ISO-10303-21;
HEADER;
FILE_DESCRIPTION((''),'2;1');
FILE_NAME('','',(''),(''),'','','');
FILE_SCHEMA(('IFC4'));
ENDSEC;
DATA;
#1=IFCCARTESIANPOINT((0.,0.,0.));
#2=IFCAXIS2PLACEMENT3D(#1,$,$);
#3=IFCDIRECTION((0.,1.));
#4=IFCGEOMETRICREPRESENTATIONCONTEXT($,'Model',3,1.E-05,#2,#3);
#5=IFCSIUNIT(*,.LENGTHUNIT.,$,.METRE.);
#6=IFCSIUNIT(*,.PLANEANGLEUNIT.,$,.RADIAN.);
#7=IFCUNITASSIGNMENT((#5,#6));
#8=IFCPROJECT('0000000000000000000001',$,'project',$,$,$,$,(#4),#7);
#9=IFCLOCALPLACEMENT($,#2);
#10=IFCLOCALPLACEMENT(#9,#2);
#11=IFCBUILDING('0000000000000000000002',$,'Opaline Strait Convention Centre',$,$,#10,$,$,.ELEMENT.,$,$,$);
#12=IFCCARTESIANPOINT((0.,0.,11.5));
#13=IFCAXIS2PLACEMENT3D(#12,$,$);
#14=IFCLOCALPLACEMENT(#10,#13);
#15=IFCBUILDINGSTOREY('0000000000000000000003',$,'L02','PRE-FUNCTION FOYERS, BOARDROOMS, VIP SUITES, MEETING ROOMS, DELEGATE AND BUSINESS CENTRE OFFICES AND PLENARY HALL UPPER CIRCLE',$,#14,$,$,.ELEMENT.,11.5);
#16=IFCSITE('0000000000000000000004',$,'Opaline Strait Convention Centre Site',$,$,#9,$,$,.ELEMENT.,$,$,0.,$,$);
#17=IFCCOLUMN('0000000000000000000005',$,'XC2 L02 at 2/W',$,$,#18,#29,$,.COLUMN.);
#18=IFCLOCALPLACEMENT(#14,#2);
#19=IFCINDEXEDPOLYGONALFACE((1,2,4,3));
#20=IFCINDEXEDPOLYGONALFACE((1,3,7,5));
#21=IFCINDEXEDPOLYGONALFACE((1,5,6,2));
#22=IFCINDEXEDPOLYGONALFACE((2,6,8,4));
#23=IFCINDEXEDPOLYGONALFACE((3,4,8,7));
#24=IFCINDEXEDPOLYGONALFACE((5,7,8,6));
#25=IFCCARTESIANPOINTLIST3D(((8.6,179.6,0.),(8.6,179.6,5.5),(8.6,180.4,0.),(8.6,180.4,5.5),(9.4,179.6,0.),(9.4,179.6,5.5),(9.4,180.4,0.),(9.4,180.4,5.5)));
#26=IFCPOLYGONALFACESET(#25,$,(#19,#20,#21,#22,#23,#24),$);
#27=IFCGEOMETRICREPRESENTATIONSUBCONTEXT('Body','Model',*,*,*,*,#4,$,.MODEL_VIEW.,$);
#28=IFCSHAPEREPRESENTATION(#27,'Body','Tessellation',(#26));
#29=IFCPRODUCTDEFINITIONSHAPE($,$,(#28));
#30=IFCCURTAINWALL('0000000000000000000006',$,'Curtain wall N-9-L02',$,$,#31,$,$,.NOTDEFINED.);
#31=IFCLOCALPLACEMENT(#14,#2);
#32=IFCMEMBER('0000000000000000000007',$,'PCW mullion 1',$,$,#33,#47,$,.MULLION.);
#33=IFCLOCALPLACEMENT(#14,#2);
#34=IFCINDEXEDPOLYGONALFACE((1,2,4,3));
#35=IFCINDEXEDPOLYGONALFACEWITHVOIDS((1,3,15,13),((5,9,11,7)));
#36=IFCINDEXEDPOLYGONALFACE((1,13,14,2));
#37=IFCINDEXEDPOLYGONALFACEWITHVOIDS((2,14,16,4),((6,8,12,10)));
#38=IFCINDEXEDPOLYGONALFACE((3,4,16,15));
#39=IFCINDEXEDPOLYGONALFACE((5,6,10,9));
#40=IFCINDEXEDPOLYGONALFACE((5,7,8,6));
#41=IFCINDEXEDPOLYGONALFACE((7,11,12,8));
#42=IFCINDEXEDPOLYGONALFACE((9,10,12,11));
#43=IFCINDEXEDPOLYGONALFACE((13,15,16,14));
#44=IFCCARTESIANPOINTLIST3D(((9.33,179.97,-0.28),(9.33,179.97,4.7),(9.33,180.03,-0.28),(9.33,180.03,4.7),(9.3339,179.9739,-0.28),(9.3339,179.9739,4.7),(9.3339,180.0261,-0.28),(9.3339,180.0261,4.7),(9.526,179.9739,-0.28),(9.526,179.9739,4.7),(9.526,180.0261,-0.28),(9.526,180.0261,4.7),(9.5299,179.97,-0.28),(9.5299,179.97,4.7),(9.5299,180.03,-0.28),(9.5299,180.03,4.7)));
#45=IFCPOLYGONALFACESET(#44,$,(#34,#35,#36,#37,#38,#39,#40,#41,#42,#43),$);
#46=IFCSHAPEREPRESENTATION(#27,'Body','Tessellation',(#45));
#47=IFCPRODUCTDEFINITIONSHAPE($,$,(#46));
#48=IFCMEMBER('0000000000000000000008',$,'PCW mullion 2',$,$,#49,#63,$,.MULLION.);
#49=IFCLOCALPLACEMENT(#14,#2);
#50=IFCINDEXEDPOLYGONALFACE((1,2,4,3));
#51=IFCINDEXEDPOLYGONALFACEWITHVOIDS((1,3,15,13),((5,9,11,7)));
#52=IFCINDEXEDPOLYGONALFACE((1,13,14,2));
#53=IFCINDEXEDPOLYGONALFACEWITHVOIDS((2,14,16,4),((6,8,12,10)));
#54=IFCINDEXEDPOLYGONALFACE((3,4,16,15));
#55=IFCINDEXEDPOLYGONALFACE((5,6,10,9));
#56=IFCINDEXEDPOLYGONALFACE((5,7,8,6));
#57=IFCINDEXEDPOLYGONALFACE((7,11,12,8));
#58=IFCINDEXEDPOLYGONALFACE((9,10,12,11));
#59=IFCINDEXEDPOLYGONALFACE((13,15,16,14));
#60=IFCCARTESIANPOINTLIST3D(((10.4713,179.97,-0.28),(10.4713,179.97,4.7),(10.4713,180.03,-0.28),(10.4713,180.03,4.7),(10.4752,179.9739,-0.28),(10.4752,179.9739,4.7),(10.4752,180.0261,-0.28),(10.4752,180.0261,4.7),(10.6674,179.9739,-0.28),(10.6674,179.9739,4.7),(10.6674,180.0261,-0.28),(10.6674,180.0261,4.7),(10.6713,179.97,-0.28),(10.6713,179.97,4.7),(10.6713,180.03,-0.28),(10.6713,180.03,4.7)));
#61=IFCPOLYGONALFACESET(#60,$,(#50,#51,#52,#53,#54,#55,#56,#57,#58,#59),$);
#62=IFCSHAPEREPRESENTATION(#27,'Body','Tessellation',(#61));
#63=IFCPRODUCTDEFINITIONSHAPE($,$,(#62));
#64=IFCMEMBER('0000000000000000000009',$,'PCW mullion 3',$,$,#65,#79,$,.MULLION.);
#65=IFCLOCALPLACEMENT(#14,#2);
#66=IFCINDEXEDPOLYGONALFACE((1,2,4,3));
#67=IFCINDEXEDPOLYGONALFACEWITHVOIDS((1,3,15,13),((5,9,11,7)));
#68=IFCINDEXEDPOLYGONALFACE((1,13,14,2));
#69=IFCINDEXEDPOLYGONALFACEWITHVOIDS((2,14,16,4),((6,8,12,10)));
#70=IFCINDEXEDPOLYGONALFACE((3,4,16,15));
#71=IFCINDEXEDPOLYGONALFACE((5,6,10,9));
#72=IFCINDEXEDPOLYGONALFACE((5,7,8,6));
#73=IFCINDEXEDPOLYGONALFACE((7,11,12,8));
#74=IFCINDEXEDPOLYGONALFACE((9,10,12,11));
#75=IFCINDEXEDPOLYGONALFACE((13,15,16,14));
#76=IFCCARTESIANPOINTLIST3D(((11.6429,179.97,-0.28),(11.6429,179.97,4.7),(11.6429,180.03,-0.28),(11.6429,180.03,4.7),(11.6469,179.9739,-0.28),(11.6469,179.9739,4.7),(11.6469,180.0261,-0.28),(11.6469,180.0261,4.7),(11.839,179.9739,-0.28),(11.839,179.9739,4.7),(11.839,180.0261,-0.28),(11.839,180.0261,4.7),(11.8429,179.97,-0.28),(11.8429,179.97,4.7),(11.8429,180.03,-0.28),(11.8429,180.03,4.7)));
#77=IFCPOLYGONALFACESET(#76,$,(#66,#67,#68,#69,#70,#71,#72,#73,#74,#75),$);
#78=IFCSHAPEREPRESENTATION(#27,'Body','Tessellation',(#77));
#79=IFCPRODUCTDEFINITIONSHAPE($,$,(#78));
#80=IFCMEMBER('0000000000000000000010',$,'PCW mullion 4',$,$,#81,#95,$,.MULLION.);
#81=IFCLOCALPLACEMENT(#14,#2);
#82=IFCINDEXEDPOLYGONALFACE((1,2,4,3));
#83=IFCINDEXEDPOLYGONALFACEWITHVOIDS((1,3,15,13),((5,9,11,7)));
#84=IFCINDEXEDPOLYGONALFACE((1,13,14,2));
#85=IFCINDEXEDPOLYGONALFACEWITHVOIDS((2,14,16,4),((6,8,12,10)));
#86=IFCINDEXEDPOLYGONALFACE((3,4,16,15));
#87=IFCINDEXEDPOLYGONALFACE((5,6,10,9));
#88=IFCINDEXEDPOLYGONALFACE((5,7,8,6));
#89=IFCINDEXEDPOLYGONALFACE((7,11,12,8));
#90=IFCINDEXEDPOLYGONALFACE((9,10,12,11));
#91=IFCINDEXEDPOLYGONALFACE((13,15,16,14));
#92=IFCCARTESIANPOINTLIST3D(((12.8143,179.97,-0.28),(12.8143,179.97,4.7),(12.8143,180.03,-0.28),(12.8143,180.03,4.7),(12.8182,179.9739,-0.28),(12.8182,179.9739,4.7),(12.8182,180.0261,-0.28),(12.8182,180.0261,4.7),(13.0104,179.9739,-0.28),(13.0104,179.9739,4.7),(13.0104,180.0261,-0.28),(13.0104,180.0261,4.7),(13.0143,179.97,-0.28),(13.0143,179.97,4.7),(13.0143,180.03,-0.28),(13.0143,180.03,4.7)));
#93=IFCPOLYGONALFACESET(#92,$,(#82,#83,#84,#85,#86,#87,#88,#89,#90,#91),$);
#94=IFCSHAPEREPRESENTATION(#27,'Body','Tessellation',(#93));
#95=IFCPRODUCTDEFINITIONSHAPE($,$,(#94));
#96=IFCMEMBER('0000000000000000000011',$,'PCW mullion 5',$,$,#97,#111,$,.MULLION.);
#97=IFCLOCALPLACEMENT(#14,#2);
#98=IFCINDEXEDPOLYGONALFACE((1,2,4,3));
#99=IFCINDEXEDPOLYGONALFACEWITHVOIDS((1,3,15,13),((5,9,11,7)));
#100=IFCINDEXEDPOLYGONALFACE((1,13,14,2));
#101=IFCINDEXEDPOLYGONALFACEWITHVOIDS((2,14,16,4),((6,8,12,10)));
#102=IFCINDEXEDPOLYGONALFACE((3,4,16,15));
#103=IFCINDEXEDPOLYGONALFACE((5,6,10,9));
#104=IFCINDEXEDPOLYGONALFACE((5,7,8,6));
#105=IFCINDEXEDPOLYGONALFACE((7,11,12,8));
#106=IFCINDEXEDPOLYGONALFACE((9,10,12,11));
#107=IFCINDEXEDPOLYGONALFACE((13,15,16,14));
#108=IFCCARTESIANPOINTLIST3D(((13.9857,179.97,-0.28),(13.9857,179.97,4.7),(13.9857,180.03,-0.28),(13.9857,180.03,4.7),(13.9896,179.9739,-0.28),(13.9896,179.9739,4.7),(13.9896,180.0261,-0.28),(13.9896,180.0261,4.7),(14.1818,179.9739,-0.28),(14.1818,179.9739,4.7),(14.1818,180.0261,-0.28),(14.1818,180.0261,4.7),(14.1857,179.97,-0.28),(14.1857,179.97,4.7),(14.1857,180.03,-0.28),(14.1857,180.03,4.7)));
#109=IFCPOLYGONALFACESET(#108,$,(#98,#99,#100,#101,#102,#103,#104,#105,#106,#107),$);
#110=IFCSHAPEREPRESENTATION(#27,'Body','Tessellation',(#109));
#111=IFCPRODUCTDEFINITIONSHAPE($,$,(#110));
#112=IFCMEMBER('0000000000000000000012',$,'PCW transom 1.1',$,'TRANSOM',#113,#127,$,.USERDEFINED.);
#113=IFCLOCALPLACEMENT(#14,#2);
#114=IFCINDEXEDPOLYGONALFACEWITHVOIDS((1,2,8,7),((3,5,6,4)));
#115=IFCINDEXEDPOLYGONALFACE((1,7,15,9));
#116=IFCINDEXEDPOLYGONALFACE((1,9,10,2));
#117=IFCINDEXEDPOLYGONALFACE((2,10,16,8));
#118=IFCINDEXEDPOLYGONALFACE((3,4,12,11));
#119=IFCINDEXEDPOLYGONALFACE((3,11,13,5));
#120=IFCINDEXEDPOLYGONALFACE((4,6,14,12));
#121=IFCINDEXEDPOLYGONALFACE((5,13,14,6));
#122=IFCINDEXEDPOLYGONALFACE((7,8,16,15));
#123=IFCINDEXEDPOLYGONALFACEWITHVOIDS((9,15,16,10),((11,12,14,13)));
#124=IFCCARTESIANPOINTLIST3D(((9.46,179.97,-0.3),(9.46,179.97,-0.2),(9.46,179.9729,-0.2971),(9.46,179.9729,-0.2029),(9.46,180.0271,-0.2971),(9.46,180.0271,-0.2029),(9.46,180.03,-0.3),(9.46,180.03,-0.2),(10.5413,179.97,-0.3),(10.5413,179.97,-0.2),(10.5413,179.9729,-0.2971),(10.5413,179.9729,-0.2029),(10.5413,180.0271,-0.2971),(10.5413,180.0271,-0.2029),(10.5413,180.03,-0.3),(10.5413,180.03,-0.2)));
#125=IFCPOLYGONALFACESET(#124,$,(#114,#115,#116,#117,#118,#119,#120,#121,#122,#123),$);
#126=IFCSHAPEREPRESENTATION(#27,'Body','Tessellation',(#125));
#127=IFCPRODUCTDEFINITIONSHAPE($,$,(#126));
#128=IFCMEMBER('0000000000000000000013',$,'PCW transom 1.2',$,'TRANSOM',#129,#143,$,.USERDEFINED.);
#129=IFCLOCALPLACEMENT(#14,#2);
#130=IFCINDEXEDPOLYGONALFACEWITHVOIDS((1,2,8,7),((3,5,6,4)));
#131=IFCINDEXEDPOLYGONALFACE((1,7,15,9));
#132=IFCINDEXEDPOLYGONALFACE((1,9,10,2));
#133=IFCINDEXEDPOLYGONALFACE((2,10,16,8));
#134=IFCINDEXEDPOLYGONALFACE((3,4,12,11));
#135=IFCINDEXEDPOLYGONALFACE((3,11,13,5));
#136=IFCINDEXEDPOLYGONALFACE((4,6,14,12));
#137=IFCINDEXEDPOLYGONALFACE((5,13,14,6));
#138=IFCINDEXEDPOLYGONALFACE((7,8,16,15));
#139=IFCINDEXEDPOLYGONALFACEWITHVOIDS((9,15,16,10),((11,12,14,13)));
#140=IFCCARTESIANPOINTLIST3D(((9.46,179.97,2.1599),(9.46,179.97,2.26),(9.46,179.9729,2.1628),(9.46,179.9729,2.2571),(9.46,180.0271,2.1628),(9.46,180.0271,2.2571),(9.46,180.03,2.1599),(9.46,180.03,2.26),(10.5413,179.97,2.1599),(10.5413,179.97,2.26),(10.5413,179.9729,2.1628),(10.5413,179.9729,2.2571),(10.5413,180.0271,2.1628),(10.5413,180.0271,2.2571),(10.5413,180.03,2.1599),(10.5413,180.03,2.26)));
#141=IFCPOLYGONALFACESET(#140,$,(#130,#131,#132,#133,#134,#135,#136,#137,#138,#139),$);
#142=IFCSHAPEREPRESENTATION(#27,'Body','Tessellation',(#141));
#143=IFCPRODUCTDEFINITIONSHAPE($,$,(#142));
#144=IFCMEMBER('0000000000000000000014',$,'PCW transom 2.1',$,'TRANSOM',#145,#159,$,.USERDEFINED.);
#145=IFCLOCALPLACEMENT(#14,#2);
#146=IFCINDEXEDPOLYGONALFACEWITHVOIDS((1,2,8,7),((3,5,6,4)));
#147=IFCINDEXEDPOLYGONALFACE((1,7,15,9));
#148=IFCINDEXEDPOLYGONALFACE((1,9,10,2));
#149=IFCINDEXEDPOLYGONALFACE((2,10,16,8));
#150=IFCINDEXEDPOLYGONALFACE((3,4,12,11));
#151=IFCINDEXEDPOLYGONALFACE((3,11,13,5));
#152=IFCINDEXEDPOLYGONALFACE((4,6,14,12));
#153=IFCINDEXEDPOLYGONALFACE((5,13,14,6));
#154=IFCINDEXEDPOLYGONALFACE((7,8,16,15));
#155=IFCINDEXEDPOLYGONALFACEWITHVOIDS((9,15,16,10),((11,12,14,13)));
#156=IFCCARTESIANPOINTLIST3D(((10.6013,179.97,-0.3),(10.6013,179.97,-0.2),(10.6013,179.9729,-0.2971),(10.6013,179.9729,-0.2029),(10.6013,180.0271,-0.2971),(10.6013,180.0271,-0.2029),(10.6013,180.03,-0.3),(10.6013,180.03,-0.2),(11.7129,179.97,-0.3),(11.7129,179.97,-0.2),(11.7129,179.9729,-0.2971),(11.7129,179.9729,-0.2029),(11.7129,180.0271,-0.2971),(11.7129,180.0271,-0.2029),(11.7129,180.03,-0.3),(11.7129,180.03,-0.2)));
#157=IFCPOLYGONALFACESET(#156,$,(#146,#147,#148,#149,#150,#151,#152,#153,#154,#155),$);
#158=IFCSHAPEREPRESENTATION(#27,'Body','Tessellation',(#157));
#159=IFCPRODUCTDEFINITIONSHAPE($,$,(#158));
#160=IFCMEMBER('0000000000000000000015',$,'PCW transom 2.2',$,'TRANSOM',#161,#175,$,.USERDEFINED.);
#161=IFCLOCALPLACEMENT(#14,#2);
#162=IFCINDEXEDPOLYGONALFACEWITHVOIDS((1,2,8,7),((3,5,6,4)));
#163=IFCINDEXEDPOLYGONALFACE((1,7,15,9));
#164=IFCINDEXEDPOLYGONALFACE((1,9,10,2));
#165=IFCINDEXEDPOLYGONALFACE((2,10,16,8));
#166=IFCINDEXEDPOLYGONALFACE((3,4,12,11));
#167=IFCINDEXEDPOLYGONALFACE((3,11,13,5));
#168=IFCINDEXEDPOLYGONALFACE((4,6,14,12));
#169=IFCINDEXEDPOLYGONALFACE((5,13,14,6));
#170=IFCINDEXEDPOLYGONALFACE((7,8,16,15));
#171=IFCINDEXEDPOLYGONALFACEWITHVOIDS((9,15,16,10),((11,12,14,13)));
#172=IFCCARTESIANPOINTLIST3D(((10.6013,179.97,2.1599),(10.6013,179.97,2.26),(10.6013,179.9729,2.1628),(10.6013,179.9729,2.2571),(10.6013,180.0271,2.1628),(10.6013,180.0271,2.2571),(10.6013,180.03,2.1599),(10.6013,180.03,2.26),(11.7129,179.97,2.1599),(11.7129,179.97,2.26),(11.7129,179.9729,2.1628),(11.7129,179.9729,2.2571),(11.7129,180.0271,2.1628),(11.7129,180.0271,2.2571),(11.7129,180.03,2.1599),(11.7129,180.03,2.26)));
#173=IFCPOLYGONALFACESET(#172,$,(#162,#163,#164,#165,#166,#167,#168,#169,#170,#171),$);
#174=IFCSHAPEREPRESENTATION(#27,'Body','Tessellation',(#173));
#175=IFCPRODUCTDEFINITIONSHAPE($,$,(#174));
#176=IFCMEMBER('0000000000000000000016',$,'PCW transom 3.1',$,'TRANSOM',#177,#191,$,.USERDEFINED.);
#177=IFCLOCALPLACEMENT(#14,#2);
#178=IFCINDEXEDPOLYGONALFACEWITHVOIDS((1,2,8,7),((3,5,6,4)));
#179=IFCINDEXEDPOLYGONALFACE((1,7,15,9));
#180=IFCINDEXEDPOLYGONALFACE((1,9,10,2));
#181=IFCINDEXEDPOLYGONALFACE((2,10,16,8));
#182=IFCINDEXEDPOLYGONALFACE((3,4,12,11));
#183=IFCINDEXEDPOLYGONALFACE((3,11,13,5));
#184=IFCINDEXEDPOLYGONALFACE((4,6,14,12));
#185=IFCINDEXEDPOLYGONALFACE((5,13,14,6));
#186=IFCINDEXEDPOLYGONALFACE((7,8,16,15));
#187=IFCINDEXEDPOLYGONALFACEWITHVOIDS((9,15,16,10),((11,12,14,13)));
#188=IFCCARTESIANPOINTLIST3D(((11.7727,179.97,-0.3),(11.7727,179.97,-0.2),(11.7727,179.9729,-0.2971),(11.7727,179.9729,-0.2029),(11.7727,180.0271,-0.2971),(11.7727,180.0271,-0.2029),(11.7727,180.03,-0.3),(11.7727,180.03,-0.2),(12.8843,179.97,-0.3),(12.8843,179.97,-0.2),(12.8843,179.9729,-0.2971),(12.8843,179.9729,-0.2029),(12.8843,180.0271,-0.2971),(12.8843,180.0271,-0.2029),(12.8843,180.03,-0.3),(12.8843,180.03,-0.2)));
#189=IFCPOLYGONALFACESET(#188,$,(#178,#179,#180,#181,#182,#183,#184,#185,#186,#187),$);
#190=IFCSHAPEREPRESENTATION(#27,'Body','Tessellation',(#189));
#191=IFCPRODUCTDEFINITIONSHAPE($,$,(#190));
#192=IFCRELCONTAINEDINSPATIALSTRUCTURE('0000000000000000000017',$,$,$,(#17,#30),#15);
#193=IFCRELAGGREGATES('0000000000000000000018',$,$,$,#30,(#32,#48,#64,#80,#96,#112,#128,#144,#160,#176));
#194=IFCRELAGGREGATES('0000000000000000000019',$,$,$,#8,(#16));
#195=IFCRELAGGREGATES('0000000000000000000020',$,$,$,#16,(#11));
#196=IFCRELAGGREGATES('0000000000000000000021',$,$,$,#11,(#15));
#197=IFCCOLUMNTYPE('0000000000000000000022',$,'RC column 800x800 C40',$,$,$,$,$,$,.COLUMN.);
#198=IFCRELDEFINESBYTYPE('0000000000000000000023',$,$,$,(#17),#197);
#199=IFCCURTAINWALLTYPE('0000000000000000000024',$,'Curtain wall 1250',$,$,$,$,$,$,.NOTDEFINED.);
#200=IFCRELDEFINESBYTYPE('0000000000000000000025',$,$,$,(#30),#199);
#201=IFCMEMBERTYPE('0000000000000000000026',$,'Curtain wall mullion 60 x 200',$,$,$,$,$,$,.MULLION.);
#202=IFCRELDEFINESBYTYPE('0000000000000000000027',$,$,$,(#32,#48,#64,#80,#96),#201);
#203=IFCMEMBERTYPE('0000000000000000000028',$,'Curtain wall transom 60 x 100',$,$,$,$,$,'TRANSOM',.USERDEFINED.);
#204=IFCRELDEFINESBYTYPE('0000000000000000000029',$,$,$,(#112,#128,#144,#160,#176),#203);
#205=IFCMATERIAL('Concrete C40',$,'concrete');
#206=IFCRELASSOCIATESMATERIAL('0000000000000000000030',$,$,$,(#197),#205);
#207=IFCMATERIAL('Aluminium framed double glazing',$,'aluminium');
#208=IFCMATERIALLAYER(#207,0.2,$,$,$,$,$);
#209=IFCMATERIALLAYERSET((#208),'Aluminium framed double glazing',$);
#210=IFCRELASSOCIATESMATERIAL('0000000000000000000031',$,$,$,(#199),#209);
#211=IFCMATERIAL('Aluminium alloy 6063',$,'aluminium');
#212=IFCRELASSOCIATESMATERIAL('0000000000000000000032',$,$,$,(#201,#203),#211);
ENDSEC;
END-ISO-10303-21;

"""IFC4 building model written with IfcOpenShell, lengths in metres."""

from ifc_helpers import new_model, si_unit, direction, frame, origin, origin_2d, place, context, subcontext, project, spatial, rectangle, hollow_rectangle, extrude, material, layer, layer_set, material_profile, profile_set, type_object, element, aggregate, save


model = new_model("IFC4")

# Units and contexts
model_context = context("Model", 3, precision=1e-05, world=origin(), true_north=direction((0.0, 1.0)))
body_context = subcontext(model_context, "Body", "Model", "MODEL_VIEW")
ifc_project = project(units=[si_unit("LENGTHUNIT", "METRE"), si_unit("PLANEANGLEUNIT", "RADIAN")], contexts=[model_context])

# Site, building, storey
site_placement = place(None, origin())
site = spatial("IfcSite", under=ifc_project, at=site_placement, Name="Opaline Strait Convention Centre Site", CompositionType="ELEMENT", RefElevation=0.0)
building_placement = place(site_placement, origin())
building = spatial("IfcBuilding", under=site, at=building_placement, Name="Opaline Strait Convention Centre", CompositionType="ELEMENT")
storey_placement = place(building_placement, frame((0.0, 0.0, 11.5)))
storey = spatial("IfcBuildingStorey", under=building, at=storey_placement, Name="L02", Description="PRE-FUNCTION FOYERS, BOARDROOMS, VIP SUITES, MEETING ROOMS, DELEGATE AND BUSINESS CENTRE OFFICES AND PLENARY HALL UPPER CIRCLE", CompositionType="ELEMENT", Elevation=11.5)

# Column
ifc_material_1 = material(Name="Concrete C40", Category="concrete")
ifc_material_profile_1 = material_profile(ifc_material_1, rectangle(XDim=0.8, YDim=0.8, at=origin_2d()), Name="RC 800x800")
ifc_profile_set_1 = profile_set([ifc_material_profile_1], Name="Concrete C40")
column_type = type_object("IfcColumnType", Name="RC column 800x800 C40", PredefinedType="COLUMN", material=ifc_profile_set_1)
column_placement = place(storey_placement, frame((9.0, 180.0, 0.0), z_axis=(0.0, 0.0, 1.0), x_axis=(1.0, 0.0, 0.0)))
element("IfcColumn", 1, at=column_placement, inside=storey, type_object=column_type, Name="XC2 L02 at 2/W", PredefinedType="COLUMN", context=body_context, shape_type="SweptSolid", body=[
    extrude(rectangle(XDim=0.8, YDim=0.8, at=origin_2d()), origin(), (0.0, 0.0, 1.0), 5.5),
])

# Curtain wall, members
ifc_material_2 = material(Name="Aluminium framed double glazing", Category="aluminium")
ifc_layer_1 = layer(ifc_material_2, 0.2)
ifc_layer_set_1 = layer_set([ifc_layer_1], Name="Aluminium framed double glazing")
curtain_wall_type = type_object("IfcCurtainWallType", Name="Curtain wall 1250", PredefinedType="NOTDEFINED", material=ifc_layer_set_1)
curtain_wall_placement = place(storey_placement, origin())
curtain_wall = element("IfcCurtainWall", 2, at=curtain_wall_placement, inside=storey, type_object=curtain_wall_type, Name="Curtain wall N-9-L02", PredefinedType="NOTDEFINED")
ifc_material_3 = material(Name="Aluminium alloy 6063", Category="aluminium")
ifc_material_profile_2 = material_profile(ifc_material_3, hollow_rectangle(XDim=0.0601, YDim=0.2, WallThickness=0.0039, at=origin_2d()), Name="MULLION 60x200x4")
ifc_profile_set_2 = profile_set([ifc_material_profile_2], Name="Aluminium alloy 6063")
member_type_1 = type_object("IfcMemberType", Name="Curtain wall mullion 60 x 200", PredefinedType="MULLION", material=ifc_profile_set_2)
member_1_placement = place(storey_placement, frame((9.4299, 180.0, -0.28), z_axis=(0.0, 0.0, 1.0), x_axis=(0.0, 1.0, 0.0)))
member_1 = element("IfcMember", 3, at=member_1_placement, type_object=member_type_1, Name="PCW mullion 1", PredefinedType="MULLION", context=body_context, shape_type="SweptSolid", body=[
    extrude(hollow_rectangle(XDim=0.0601, YDim=0.2, WallThickness=0.0039, at=origin_2d()), origin(), (0.0, 0.0, 1.0), 4.98),
])
member_2_placement = place(storey_placement, frame((10.5713, 180.0, -0.28), z_axis=(0.0, 0.0, 1.0), x_axis=(0.0, 1.0, 0.0)))
member_2 = element("IfcMember", 4, at=member_2_placement, type_object=member_type_1, Name="PCW mullion 2", PredefinedType="MULLION", context=body_context, shape_type="SweptSolid", body=[
    extrude(hollow_rectangle(XDim=0.0601, YDim=0.2, WallThickness=0.0039, at=origin_2d()), origin(), (0.0, 0.0, 1.0), 4.98),
])
member_3_placement = place(storey_placement, frame((11.7429, 180.0, -0.28), z_axis=(0.0, 0.0, 1.0), x_axis=(0.0, 1.0, 0.0)))
member_3 = element("IfcMember", 5, at=member_3_placement, type_object=member_type_1, Name="PCW mullion 3", PredefinedType="MULLION", context=body_context, shape_type="SweptSolid", body=[
    extrude(hollow_rectangle(XDim=0.0601, YDim=0.2, WallThickness=0.0039, at=origin_2d()), origin(), (0.0, 0.0, 1.0), 4.98),
])
member_4_placement = place(storey_placement, frame((12.9143, 180.0, -0.28), z_axis=(0.0, 0.0, 1.0), x_axis=(0.0, 1.0, 0.0)))
member_4 = element("IfcMember", 6, at=member_4_placement, type_object=member_type_1, Name="PCW mullion 4", PredefinedType="MULLION", context=body_context, shape_type="SweptSolid", body=[
    extrude(hollow_rectangle(XDim=0.0601, YDim=0.2, WallThickness=0.0039, at=origin_2d()), origin(), (0.0, 0.0, 1.0), 4.98),
])
member_5_placement = place(storey_placement, frame((14.0857, 180.0, -0.28), z_axis=(0.0, 0.0, 1.0), x_axis=(0.0, 1.0, 0.0)))
member_5 = element("IfcMember", 7, at=member_5_placement, type_object=member_type_1, Name="PCW mullion 5", PredefinedType="MULLION", context=body_context, shape_type="SweptSolid", body=[
    extrude(hollow_rectangle(XDim=0.0601, YDim=0.2, WallThickness=0.0039, at=origin_2d()), origin(), (0.0, 0.0, 1.0), 4.98),
])
ifc_material_profile_3 = material_profile(ifc_material_3, hollow_rectangle(XDim=0.0601, YDim=0.1001, WallThickness=0.0029, at=origin_2d()), Name="TRANSOM 60x100x3")
ifc_profile_set_3 = profile_set([ifc_material_profile_3], Name="Aluminium alloy 6063")
member_type_2 = type_object("IfcMemberType", Name="Curtain wall transom 60 x 100", ElementType="TRANSOM", PredefinedType="USERDEFINED", material=ifc_profile_set_3)
member_6_placement = place(storey_placement, frame((9.46, 180.0, -0.25), z_axis=(1.0, 0.0, 0.0), x_axis=(0.0, 1.0, 0.0)))
member_6 = element("IfcMember", 8, at=member_6_placement, type_object=member_type_2, Name="PCW transom 1.1", ObjectType="TRANSOM", PredefinedType="USERDEFINED", context=body_context, shape_type="SweptSolid", body=[
    extrude(hollow_rectangle(XDim=0.0601, YDim=0.1001, WallThickness=0.0029, at=origin_2d()), origin(), (0.0, 0.0, 1.0), 1.0813),
])
member_7_placement = place(storey_placement, frame((9.46, 180.0, 2.21), z_axis=(1.0, 0.0, 0.0), x_axis=(0.0, 1.0, 0.0)))
member_7 = element("IfcMember", 9, at=member_7_placement, type_object=member_type_2, Name="PCW transom 1.2", ObjectType="TRANSOM", PredefinedType="USERDEFINED", context=body_context, shape_type="SweptSolid", body=[
    extrude(hollow_rectangle(XDim=0.0601, YDim=0.1001, WallThickness=0.0029, at=origin_2d()), origin(), (0.0, 0.0, 1.0), 1.0813),
])
member_8_placement = place(storey_placement, frame((10.6013, 180.0, -0.25), z_axis=(1.0, 0.0, 0.0), x_axis=(0.0, 1.0, 0.0)))
member_8 = element("IfcMember", 10, at=member_8_placement, type_object=member_type_2, Name="PCW transom 2.1", ObjectType="TRANSOM", PredefinedType="USERDEFINED", context=body_context, shape_type="SweptSolid", body=[
    extrude(hollow_rectangle(XDim=0.0601, YDim=0.1001, WallThickness=0.0029, at=origin_2d()), origin(), (0.0, 0.0, 1.0), 1.1116),
])
member_9_placement = place(storey_placement, frame((10.6013, 180.0, 2.21), z_axis=(1.0, 0.0, 0.0), x_axis=(0.0, 1.0, 0.0)))
member_9 = element("IfcMember", 11, at=member_9_placement, type_object=member_type_2, Name="PCW transom 2.2", ObjectType="TRANSOM", PredefinedType="USERDEFINED", context=body_context, shape_type="SweptSolid", body=[
    extrude(hollow_rectangle(XDim=0.0601, YDim=0.1001, WallThickness=0.0029, at=origin_2d()), origin(), (0.0, 0.0, 1.0), 1.1116),
])
member_10_placement = place(storey_placement, frame((11.7727, 180.0, -0.25), z_axis=(1.0, 0.0, 0.0), x_axis=(0.0, 1.0, 0.0)))
member_10 = element("IfcMember", 12, at=member_10_placement, type_object=member_type_2, Name="PCW transom 3.1", ObjectType="TRANSOM", PredefinedType="USERDEFINED", context=body_context, shape_type="SweptSolid", body=[
    extrude(hollow_rectangle(XDim=0.0601, YDim=0.1001, WallThickness=0.0029, at=origin_2d()), origin(), (0.0, 0.0, 1.0), 1.1116),
])

aggregate(curtain_wall, [member_1, member_2, member_3, member_4, member_5, member_6, member_7, member_8, member_9, member_10])

save(model, "model.ifc")
